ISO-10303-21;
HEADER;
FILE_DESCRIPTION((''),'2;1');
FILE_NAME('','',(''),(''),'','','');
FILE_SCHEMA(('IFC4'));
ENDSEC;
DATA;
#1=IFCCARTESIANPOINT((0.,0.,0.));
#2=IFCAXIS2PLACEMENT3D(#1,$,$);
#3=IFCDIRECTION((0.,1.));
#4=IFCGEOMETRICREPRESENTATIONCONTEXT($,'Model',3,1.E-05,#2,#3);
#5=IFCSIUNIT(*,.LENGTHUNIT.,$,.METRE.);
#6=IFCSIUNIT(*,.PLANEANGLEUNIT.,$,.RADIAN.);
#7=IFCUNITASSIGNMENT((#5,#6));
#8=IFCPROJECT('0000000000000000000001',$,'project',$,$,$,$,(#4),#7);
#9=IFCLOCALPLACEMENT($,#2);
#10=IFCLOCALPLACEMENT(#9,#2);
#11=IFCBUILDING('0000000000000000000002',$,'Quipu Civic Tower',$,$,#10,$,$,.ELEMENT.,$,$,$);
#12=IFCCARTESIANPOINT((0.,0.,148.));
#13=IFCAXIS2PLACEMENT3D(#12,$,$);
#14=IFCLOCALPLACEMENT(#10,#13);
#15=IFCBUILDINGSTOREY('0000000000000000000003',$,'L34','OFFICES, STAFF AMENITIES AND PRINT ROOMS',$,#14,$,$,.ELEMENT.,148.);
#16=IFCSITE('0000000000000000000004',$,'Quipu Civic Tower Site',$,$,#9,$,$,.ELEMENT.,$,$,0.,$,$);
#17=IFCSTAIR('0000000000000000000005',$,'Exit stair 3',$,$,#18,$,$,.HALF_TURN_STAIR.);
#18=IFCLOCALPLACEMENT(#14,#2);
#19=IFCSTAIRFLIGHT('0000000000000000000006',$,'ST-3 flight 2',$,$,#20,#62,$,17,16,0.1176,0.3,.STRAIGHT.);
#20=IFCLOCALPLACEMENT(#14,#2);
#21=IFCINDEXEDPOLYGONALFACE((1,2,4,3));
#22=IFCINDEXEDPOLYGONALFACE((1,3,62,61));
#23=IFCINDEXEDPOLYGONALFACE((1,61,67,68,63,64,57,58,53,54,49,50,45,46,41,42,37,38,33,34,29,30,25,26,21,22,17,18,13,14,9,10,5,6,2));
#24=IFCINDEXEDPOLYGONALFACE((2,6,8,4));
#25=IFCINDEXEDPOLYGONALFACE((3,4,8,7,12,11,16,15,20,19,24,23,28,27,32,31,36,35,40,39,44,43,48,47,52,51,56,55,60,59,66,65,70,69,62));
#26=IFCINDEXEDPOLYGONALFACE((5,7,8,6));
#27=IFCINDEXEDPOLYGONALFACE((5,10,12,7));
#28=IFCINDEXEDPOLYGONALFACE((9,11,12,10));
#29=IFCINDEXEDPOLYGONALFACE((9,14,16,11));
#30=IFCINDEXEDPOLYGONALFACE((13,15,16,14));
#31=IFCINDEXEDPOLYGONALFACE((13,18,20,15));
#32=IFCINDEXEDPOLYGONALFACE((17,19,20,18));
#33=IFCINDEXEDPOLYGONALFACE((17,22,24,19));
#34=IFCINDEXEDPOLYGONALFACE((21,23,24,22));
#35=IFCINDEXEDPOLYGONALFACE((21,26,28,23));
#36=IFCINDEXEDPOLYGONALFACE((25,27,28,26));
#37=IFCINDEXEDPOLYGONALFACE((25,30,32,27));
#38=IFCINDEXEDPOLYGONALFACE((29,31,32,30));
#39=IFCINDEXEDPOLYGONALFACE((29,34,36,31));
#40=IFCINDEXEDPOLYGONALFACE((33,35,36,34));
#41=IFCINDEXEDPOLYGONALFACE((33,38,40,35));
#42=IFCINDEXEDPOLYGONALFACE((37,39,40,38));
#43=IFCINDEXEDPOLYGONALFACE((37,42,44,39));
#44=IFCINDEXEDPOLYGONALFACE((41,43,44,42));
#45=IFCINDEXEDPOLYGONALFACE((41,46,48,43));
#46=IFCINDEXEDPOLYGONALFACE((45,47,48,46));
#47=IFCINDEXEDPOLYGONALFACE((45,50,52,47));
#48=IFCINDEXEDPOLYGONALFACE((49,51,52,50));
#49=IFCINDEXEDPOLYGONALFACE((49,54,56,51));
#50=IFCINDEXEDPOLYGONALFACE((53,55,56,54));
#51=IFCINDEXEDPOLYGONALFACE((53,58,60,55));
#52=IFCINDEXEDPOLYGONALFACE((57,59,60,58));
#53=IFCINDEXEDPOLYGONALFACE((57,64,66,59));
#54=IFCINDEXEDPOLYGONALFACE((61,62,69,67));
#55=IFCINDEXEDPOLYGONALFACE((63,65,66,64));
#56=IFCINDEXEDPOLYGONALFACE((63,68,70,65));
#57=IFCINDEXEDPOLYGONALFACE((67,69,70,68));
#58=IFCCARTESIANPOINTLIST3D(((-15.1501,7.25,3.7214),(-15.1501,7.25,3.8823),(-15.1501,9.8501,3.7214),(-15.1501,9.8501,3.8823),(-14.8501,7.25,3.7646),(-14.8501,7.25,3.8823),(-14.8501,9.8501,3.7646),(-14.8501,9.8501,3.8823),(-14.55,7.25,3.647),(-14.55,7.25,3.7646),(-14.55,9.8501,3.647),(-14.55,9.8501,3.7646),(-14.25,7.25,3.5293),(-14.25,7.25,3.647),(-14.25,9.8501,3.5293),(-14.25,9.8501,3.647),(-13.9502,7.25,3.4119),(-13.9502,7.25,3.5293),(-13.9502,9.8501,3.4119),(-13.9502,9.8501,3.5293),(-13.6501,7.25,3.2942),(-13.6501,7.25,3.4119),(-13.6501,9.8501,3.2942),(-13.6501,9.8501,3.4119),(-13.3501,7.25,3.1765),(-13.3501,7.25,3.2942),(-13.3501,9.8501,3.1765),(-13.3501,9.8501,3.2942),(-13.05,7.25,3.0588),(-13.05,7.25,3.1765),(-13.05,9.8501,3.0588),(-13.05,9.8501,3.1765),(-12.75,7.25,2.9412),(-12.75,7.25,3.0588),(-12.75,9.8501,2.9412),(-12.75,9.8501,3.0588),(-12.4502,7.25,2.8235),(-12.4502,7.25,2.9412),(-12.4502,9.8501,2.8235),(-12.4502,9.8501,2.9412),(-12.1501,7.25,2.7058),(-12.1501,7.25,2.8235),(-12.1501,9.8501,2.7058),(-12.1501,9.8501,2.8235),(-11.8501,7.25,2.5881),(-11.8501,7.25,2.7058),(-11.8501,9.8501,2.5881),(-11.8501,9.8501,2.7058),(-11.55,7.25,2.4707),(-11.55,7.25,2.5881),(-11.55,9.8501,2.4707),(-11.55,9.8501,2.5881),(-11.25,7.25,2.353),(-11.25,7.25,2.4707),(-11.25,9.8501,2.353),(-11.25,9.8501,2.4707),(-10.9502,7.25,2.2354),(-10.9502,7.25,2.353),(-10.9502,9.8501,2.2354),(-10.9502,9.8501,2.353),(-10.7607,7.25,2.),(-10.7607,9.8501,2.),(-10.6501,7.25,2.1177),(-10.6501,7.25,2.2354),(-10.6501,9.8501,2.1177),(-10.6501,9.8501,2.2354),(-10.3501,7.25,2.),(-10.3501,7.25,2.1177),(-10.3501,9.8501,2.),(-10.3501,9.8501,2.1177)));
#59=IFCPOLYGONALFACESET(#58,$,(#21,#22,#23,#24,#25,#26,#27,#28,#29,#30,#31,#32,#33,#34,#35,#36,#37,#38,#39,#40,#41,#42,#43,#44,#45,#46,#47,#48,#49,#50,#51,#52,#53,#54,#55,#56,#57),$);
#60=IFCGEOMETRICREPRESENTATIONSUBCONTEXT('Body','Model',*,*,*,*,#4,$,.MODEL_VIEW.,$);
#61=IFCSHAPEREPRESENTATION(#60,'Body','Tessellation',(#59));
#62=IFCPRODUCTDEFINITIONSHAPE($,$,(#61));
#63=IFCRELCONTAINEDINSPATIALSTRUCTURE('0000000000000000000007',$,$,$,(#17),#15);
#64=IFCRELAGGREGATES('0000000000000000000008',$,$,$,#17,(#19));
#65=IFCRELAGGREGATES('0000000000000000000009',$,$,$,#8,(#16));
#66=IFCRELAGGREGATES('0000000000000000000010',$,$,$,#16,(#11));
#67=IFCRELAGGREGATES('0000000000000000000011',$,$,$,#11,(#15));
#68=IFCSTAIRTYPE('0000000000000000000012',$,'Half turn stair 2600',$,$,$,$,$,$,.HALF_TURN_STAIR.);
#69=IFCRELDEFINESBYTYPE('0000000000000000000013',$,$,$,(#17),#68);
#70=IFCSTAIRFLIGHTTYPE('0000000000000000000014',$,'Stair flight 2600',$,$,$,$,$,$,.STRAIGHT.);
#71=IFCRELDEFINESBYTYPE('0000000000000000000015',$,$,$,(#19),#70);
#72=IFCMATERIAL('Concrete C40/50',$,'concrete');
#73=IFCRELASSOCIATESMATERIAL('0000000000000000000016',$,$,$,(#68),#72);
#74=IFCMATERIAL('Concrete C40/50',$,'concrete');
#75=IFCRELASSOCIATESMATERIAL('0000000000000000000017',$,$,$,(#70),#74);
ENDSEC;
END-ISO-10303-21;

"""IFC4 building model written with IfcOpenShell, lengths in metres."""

from ifc_helpers import new_model, si_unit, direction, frame, origin, place, context, subcontext, project, spatial, polyline, outline, extrude, material, type_object, element, aggregate, save


model = new_model("IFC4")

# Units and contexts
model_context = context("Model", 3, precision=1e-05, world=origin(), true_north=direction((0.0, 1.0)))
body_context = subcontext(model_context, "Body", "Model", "MODEL_VIEW")
ifc_project = project(units=[si_unit("LENGTHUNIT", "METRE"), si_unit("PLANEANGLEUNIT", "RADIAN")], contexts=[model_context])

# Site, building, storey
site_placement = place(None, origin())
site = spatial("IfcSite", under=ifc_project, at=site_placement, Name="Quipu Civic Tower Site", CompositionType="ELEMENT", RefElevation=0.0)
building_placement = place(site_placement, origin())
building = spatial("IfcBuilding", under=site, at=building_placement, Name="Quipu Civic Tower", CompositionType="ELEMENT")
storey_placement = place(building_placement, frame((0.0, 0.0, 148.0)))
storey = spatial("IfcBuildingStorey", under=building, at=storey_placement, Name="L34", Description="OFFICES, STAFF AMENITIES AND PRINT ROOMS", CompositionType="ELEMENT", Elevation=148.0)

# Stair, stair flight
ifc_material_1 = material(Name="Concrete C40/50", Category="concrete")
stair_type = type_object("IfcStairType", Name="Half turn stair 2600", PredefinedType="HALF_TURN_STAIR", material=ifc_material_1)
stair_placement = place(storey_placement, origin())
stair = element("IfcStair", 1, at=stair_placement, inside=storey, type_object=stair_type, Name="Exit stair 3", PredefinedType="HALF_TURN_STAIR")
ifc_material_2 = material(Name="Concrete C40/50", Category="concrete")
stair_flight_type = type_object("IfcStairFlightType", Name="Stair flight 2600", PredefinedType="STRAIGHT", material=ifc_material_2)
stair_flight_placement = place(storey_placement, frame((-10.3501, 8.55, 2.0), z_axis=(0.0, 0.0, 1.0), x_axis=(-1.0, 0.0, 0.0)))
stair_flight = element("IfcStairFlight", 2, at=stair_flight_placement, type_object=stair_flight_type, Name="ST-3 flight 2", NumberOfRisers=17, NumberOfTreads=16, PredefinedType="STRAIGHT", RiserHeight=0.1176, TreadLength=0.3, context=body_context, shape_type="SweptSolid", body=[
    extrude(outline(polyline([(0.0, 0.0), (0.0, 0.1177), (0.3, 0.1177), (0.3, 0.2354), (0.6001, 0.2354), (0.6001, 0.353), (0.8999, 0.353), (0.8999, 0.4707), (1.2, 0.4707), (1.2, 0.5881), (1.5, 0.5881), (1.5, 0.7058), (1.8, 0.7058), (1.8, 0.8235), (2.1001, 0.8235), (2.1001, 0.9412), (2.3999, 0.9412), (2.3999, 1.0588), (2.7, 1.0588), (2.7, 1.1765), (3.0, 1.1765), (3.0, 1.2942), (3.3, 1.2942), (3.3, 1.4119), (3.6001, 1.4119), (3.6001, 1.5293), (3.8999, 1.5293), (3.8999, 1.647), (4.2, 1.647), (4.2, 1.7646), (4.5, 1.7646), (4.5, 1.8823), (4.8, 1.8823), (4.8, 2.0), (4.8, 1.7214), (0.4106, 0.0), (0.0, 0.0)])), frame((0.0, 1.3, 0.0), z_axis=(0.0, -1.0, 0.0), x_axis=(1.0, 0.0, 0.0)), (0.0, 0.0, 1.0), 2.6001),
])
aggregate(stair, [stair_flight])

save(model, "model.ifc")
